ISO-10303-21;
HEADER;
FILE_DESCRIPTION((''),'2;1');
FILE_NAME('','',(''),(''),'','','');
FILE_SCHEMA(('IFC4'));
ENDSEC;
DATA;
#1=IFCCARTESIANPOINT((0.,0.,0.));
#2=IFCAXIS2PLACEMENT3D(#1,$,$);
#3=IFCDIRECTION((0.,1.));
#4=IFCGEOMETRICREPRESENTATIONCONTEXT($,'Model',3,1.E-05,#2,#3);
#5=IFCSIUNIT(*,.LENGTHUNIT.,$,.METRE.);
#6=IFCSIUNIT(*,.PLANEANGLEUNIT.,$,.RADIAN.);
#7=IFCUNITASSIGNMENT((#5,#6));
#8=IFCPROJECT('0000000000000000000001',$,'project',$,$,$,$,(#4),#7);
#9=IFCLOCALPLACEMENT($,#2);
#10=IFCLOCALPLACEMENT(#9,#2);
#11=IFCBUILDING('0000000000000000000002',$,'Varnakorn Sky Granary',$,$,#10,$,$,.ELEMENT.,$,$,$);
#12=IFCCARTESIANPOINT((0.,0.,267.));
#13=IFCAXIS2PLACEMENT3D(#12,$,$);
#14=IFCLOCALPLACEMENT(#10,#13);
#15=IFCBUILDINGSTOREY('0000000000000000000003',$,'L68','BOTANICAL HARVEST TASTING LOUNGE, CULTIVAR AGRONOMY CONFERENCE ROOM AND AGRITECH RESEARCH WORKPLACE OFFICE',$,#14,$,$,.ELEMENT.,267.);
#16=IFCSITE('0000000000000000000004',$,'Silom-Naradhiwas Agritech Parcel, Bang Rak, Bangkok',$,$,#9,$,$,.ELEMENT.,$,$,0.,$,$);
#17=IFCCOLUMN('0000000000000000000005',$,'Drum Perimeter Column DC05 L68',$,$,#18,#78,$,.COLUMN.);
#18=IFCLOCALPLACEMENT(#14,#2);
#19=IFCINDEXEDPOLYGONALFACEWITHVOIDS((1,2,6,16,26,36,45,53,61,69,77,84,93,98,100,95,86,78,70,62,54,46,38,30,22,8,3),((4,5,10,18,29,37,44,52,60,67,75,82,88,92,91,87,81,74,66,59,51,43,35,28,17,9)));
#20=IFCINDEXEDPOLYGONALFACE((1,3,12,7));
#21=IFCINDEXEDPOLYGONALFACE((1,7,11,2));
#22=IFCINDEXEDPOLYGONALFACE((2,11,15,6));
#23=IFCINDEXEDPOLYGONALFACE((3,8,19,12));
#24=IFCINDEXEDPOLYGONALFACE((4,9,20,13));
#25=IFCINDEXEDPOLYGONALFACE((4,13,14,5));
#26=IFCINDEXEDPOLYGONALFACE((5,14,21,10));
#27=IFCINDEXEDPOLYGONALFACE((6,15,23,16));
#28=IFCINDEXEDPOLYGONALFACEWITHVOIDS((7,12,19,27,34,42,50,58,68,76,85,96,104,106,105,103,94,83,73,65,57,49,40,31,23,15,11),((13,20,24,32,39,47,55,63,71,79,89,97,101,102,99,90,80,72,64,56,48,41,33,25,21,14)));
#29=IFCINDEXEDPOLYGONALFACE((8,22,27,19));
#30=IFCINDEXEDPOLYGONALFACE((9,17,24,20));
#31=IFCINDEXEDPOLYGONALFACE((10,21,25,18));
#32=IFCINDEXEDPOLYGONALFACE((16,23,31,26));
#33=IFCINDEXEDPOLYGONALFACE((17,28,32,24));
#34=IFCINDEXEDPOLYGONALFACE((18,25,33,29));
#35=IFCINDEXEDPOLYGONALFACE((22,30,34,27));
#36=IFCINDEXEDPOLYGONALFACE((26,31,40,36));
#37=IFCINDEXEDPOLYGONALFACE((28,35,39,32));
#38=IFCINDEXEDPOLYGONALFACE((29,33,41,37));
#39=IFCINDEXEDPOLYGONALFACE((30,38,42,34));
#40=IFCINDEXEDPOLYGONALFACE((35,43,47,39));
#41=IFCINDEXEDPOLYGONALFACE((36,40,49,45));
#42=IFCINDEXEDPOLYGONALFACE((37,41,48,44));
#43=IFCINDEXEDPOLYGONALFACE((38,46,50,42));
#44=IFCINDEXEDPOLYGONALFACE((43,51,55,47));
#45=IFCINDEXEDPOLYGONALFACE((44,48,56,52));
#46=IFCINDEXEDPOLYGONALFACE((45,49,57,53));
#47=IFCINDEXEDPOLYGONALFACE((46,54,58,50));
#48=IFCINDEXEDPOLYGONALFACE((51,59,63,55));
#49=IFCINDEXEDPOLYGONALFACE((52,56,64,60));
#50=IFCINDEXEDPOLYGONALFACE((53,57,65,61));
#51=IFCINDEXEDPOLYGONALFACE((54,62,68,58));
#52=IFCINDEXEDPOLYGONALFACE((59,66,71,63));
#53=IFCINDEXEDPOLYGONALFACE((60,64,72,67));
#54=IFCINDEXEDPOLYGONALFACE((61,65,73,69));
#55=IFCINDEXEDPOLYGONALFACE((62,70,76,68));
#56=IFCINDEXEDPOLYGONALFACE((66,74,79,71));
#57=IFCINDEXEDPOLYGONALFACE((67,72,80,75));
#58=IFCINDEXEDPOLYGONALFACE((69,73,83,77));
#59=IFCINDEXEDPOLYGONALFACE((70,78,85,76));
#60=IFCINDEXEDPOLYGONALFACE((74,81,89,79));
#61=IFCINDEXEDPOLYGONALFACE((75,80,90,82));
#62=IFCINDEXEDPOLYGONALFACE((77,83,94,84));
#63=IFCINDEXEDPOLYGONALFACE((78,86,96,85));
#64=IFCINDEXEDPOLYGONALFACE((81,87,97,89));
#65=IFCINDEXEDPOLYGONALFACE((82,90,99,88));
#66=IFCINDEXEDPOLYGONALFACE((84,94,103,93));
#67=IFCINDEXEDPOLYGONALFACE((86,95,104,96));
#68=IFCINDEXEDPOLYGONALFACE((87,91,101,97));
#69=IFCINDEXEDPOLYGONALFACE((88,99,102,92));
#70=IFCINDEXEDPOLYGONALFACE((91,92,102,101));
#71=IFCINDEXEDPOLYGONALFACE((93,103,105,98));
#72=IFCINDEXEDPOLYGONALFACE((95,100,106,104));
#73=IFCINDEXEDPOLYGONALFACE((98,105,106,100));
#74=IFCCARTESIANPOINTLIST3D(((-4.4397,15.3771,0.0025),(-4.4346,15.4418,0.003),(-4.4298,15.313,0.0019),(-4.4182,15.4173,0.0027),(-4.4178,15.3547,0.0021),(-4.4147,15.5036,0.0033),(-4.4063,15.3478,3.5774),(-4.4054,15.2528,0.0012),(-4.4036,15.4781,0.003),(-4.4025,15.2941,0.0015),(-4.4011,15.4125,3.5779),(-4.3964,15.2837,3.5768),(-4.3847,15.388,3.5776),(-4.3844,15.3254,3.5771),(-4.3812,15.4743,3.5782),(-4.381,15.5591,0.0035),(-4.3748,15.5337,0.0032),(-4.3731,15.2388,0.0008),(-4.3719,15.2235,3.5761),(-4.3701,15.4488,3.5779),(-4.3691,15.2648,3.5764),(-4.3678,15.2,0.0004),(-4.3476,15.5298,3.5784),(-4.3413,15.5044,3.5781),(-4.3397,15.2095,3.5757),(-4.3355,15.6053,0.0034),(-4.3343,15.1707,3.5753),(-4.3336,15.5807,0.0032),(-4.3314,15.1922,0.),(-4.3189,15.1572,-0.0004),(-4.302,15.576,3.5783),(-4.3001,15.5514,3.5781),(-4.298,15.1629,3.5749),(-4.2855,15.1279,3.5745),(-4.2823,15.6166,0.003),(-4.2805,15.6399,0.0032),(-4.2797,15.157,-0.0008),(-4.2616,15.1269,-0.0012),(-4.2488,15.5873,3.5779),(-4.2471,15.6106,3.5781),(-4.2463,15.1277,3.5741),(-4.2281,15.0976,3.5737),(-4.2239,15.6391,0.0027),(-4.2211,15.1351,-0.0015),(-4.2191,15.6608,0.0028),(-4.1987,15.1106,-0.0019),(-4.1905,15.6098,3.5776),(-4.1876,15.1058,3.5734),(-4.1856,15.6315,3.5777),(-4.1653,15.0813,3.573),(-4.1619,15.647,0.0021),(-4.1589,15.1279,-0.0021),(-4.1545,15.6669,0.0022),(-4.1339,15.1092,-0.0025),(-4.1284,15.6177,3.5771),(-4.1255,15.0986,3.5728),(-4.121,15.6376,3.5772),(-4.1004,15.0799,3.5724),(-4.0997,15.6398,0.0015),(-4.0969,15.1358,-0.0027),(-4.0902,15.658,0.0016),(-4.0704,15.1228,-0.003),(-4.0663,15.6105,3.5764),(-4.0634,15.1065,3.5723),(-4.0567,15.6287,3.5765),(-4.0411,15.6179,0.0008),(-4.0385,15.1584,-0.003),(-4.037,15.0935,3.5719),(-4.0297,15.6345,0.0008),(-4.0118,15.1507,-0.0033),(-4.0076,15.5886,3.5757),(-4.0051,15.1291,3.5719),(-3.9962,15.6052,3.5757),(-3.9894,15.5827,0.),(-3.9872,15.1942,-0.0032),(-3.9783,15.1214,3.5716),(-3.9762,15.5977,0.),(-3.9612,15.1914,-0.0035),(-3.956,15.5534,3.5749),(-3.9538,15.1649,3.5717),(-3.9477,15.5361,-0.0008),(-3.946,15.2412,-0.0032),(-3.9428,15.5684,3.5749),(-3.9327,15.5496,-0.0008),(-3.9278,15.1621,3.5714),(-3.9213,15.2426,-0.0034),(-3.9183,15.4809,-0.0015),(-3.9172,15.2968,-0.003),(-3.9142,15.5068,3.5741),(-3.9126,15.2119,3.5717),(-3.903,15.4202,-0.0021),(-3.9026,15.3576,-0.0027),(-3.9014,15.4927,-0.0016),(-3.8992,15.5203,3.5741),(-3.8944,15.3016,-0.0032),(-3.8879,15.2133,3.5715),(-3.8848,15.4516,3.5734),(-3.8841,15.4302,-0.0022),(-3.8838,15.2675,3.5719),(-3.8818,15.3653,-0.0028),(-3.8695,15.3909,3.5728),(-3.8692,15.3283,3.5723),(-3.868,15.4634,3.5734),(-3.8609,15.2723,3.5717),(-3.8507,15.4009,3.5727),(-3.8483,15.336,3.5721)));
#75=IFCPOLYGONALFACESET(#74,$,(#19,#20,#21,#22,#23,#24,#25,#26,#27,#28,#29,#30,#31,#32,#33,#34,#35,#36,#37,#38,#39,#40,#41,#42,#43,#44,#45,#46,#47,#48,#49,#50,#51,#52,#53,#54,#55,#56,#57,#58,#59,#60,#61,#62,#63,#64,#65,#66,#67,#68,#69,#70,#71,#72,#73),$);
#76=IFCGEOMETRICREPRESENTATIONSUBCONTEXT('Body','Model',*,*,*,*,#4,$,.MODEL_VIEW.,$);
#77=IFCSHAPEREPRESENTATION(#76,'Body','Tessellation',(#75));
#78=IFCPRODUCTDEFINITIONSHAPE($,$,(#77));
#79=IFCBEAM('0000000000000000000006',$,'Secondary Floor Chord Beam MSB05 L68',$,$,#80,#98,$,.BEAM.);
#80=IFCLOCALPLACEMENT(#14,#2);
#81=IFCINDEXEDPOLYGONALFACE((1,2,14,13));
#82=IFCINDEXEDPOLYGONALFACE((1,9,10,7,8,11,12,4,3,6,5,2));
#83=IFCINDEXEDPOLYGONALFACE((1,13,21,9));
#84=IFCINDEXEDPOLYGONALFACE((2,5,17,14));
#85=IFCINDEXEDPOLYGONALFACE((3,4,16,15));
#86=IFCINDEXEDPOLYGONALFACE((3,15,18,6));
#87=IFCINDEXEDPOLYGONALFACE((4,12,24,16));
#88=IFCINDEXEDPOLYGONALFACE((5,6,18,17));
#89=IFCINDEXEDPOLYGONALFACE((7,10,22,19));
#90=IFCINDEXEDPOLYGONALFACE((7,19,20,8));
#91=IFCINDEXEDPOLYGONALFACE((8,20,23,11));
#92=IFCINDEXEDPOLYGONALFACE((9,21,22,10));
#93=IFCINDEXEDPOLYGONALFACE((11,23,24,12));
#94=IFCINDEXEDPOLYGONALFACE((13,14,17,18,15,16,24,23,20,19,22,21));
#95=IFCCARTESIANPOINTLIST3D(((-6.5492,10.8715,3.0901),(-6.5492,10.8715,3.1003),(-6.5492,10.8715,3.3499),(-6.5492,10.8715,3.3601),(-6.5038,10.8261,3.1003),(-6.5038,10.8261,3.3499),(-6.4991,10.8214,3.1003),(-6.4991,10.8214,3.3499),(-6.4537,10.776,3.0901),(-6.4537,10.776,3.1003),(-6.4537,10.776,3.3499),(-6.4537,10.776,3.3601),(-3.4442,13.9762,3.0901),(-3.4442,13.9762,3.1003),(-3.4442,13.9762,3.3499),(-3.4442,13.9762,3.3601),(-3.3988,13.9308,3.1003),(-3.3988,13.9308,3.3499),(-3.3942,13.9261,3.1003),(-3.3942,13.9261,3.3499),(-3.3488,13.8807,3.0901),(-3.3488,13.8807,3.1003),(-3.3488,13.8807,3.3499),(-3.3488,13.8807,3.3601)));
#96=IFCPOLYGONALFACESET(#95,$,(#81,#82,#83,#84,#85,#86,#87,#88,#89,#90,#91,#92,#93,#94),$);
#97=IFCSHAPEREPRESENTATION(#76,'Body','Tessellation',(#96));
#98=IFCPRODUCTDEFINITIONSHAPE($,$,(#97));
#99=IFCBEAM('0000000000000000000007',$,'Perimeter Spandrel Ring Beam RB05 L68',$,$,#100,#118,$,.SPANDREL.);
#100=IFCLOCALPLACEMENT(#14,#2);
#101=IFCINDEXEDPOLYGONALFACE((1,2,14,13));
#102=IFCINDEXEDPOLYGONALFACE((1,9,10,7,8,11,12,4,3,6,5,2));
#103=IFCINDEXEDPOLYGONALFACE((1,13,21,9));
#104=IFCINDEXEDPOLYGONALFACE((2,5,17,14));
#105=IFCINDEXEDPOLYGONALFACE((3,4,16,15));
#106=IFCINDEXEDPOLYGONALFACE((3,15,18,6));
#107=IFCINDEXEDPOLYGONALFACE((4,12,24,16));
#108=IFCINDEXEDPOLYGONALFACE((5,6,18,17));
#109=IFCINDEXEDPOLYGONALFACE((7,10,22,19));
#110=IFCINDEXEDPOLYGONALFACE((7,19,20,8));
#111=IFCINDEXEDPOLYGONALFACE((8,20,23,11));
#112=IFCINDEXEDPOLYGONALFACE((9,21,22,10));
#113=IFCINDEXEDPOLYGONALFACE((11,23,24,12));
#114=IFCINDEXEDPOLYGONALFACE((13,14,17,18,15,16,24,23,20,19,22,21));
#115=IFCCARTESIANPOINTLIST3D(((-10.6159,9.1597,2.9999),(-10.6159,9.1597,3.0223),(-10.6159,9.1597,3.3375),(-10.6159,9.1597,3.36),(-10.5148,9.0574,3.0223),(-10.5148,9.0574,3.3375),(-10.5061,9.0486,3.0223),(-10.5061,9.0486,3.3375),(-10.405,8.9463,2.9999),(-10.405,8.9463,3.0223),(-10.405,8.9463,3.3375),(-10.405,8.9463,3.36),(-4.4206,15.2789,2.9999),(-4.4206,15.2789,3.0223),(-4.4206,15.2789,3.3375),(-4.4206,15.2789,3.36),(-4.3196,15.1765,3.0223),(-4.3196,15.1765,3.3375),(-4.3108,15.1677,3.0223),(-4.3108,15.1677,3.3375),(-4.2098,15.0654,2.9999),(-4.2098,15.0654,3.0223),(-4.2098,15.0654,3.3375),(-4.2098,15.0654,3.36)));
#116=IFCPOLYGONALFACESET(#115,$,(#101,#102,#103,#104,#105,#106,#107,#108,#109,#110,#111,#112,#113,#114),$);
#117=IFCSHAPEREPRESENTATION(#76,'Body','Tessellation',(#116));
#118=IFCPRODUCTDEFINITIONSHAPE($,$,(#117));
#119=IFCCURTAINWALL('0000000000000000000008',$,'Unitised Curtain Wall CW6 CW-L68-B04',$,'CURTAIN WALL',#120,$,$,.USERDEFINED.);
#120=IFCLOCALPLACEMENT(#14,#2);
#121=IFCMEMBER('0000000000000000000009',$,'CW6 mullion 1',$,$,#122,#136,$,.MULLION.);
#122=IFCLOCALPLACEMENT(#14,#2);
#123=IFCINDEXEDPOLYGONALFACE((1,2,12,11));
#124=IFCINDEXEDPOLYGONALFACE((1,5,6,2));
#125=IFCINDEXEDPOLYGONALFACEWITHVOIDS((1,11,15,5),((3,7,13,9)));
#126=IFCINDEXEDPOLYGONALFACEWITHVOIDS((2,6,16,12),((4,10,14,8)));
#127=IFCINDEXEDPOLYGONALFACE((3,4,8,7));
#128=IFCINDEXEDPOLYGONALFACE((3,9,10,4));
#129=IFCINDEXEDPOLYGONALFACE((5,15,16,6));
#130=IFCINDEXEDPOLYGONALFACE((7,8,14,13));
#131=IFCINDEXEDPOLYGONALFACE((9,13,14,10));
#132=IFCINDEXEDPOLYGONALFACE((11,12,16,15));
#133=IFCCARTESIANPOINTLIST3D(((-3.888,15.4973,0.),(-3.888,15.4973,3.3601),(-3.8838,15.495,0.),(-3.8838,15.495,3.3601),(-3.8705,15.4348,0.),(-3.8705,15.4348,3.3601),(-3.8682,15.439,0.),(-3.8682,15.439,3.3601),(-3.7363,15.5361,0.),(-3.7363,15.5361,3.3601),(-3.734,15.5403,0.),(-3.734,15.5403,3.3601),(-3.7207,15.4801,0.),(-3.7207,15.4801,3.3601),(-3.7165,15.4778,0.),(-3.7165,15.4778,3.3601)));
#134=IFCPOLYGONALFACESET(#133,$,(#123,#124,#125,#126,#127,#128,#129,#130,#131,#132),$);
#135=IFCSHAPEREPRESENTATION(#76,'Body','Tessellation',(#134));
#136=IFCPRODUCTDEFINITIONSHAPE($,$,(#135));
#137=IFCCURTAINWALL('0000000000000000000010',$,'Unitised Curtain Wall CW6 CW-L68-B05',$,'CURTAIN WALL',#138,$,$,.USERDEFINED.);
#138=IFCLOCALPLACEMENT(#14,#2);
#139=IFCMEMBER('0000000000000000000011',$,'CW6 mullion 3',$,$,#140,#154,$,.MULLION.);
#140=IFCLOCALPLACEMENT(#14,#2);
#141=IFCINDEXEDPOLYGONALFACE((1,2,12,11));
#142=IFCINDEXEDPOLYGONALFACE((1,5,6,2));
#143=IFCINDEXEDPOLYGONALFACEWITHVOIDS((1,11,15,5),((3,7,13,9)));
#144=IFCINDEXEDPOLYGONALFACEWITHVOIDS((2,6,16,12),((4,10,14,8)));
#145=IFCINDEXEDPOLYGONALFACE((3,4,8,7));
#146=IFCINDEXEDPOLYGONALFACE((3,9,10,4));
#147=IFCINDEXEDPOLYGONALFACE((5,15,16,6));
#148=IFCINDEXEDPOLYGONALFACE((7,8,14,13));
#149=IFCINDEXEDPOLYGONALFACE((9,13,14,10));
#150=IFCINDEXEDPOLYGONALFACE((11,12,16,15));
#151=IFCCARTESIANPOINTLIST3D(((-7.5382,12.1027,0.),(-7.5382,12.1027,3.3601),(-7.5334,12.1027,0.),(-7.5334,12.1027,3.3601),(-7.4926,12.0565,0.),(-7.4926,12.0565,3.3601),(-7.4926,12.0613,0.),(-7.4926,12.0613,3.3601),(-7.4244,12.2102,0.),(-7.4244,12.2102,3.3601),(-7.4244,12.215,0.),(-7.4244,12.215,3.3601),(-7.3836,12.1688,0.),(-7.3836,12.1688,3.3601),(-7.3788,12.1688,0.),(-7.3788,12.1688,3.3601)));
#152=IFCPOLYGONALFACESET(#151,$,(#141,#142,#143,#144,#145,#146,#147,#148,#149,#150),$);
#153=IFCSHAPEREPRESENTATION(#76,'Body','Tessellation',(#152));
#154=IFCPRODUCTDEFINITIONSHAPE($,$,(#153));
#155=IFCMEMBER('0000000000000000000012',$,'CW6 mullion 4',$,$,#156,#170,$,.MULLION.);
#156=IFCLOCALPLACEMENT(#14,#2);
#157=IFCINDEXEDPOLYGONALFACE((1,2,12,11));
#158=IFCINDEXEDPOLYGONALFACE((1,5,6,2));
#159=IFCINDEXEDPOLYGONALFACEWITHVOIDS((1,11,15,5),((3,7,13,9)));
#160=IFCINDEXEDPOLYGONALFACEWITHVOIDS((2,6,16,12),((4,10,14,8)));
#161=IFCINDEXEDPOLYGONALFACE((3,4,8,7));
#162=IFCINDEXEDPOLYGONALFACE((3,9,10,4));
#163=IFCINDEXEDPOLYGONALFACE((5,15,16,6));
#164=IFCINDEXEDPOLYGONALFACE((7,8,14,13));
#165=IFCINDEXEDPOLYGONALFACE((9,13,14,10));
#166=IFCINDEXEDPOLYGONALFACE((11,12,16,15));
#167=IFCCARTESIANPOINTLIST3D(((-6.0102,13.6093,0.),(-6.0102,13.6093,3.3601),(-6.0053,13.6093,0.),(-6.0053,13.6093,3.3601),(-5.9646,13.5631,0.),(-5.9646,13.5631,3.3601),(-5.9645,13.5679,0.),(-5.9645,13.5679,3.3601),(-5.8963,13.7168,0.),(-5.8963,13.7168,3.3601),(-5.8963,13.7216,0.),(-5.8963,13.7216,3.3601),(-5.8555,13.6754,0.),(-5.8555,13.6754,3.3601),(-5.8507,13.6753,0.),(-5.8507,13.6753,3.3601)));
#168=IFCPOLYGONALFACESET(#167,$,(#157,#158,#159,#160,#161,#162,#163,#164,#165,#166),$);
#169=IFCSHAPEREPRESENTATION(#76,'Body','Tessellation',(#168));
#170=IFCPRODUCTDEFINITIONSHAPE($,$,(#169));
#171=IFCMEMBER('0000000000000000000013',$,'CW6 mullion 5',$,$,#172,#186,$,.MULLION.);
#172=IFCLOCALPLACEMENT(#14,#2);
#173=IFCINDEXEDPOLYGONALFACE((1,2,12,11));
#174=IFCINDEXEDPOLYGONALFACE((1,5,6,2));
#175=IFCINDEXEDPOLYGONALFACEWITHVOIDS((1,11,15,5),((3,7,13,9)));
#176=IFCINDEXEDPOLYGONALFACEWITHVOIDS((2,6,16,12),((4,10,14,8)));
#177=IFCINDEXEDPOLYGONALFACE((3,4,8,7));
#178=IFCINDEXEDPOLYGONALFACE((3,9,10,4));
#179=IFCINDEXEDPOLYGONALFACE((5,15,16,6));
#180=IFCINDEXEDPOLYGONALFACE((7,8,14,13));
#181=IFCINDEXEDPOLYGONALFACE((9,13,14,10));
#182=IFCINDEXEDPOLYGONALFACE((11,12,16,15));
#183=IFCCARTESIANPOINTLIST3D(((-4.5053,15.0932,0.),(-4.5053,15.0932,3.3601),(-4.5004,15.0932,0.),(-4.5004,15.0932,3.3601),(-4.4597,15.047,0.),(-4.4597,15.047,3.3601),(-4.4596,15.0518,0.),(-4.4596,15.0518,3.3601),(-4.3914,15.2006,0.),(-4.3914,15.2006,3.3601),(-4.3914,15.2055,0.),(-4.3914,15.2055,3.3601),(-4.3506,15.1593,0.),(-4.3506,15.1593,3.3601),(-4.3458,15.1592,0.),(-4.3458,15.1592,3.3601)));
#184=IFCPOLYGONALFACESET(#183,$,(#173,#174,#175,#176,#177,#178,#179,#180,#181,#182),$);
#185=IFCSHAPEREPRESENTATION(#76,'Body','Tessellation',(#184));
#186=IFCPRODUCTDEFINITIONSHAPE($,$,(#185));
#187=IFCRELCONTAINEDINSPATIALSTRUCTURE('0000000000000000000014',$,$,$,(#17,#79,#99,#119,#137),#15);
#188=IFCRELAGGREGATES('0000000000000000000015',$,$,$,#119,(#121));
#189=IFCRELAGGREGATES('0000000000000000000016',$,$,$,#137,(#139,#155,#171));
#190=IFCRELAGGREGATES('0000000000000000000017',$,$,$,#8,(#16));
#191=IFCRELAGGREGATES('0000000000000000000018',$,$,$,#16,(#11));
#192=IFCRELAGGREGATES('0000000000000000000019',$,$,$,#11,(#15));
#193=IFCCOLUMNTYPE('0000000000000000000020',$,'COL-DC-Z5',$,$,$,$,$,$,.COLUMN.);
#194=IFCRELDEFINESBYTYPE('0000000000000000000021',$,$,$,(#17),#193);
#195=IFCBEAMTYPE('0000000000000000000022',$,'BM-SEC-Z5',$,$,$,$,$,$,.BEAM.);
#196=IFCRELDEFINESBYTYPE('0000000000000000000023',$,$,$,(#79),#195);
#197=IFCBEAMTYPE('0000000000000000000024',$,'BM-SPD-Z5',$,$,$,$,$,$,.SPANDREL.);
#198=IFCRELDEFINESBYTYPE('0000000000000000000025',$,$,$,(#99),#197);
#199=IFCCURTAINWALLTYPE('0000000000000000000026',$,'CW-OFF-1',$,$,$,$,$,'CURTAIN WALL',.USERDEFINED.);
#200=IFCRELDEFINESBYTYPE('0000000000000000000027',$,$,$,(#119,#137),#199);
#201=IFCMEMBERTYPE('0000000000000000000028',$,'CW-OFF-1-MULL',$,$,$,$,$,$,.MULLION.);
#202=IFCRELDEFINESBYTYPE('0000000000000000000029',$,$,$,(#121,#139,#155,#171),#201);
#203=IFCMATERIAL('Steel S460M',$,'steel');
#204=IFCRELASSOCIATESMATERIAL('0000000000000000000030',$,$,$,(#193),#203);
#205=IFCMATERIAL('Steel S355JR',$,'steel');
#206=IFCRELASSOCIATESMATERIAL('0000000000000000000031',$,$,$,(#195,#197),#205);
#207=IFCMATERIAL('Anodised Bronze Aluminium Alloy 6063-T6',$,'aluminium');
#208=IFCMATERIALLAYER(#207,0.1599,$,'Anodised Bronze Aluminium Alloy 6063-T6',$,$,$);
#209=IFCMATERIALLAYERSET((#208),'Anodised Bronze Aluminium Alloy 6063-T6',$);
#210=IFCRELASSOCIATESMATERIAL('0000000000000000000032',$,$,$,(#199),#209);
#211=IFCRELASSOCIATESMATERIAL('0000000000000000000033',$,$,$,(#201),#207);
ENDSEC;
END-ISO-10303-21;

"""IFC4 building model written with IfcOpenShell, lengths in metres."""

from ifc_helpers import new_model, si_unit, direction, frame, origin, origin_2d, place, context, subcontext, project, spatial, hollow_rectangle, hollow_circle, i_section, extrude, material, layer, layer_set, material_profile, profile_set, type_object, element, aggregate, save


model = new_model("IFC4")

# Units and contexts
model_context = context("Model", 3, precision=1e-05, world=origin(), true_north=direction((0.0, 1.0)))
body_context = subcontext(model_context, "Body", "Model", "MODEL_VIEW")
ifc_project = project(units=[si_unit("LENGTHUNIT", "METRE"), si_unit("PLANEANGLEUNIT", "RADIAN")], contexts=[model_context])

# Site, building, storey
site_placement = place(None, origin())
site = spatial("IfcSite", under=ifc_project, at=site_placement, Name="Silom-Naradhiwas Agritech Parcel, Bang Rak, Bangkok", CompositionType="ELEMENT", RefElevation=0.0)
building_placement = place(site_placement, origin())
building = spatial("IfcBuilding", under=site, at=building_placement, Name="Varnakorn Sky Granary", CompositionType="ELEMENT")
storey_placement = place(building_placement, frame((0.0, 0.0, 267.0)))
storey = spatial("IfcBuildingStorey", under=building, at=storey_placement, Name="L68", Description="BOTANICAL HARVEST TASTING LOUNGE, CULTIVAR AGRONOMY CONFERENCE ROOM AND AGRITECH RESEARCH WORKPLACE OFFICE", CompositionType="ELEMENT", Elevation=267.0)

# Column
ifc_material_1 = material(Name="Steel S460M", Category="steel")
ifc_material_profile_1 = material_profile(ifc_material_1, hollow_circle(Radius=0.2795, WallThickness=0.02, at=origin_2d()), Name="CHS 559x20")
ifc_profile_set_1 = profile_set([ifc_material_profile_1], Name="Steel S460M")
column_type = type_object("IfcColumnType", Name="COL-DC-Z5", PredefinedType="COLUMN", material=ifc_profile_set_1)
column_placement = place(storey_placement, frame((-4.1604, 15.3875, 0.0), z_axis=(0.009355, -0.008194, 0.999923), x_axis=(0.658893, 0.752236, 0.0)))
element("IfcColumn", 1, at=column_placement, inside=storey, type_object=column_type, Name="Drum Perimeter Column DC05 L68", PredefinedType="COLUMN", context=body_context, shape_type="SweptSolid", body=[
    extrude(hollow_circle(Radius=0.2795, WallThickness=0.02, at=origin_2d()), origin(), (0.0, 0.0, 1.0), 3.5752),
])

# Beams
ifc_material_2 = material(Name="Steel S355JR", Category="steel")
ifc_material_profile_2 = material_profile(ifc_material_2, i_section(OverallWidth=0.135, OverallDepth=0.27, WebThickness=0.0066, FlangeThickness=0.0103, at=origin_2d()), Name="IPE 270")
ifc_profile_set_2 = profile_set([ifc_material_profile_2], Name="Steel S355JR")
beam_type_1 = type_object("IfcBeamType", Name="BM-SEC-Z5", PredefinedType="BEAM", material=ifc_profile_set_2)
beam_1_placement = place(storey_placement, frame((-3.3965, 13.9285, 3.2251), z_axis=(-0.707135, -0.707079, 0.0), x_axis=(0.707079, -0.707135, 0.0)))
element("IfcBeam", 2, at=beam_1_placement, inside=storey, type_object=beam_type_1, Name="Secondary Floor Chord Beam MSB05 L68", PredefinedType="BEAM", context=body_context, shape_type="SweptSolid", body=[
    extrude(i_section(OverallWidth=0.135, OverallDepth=0.27, WebThickness=0.0066, FlangeThickness=0.0103, at=origin_2d()), origin(), (0.0, 0.0, 1.0), 4.3909),
])
ifc_material_profile_3 = material_profile(ifc_material_2, i_section(OverallWidth=0.3, OverallDepth=0.3601, WebThickness=0.0125, FlangeThickness=0.0225, at=origin_2d()), Name="HE 360 B")
ifc_profile_set_3 = profile_set([ifc_material_profile_3], Name="Steel S355JR")
beam_type_2 = type_object("IfcBeamType", Name="BM-SPD-Z5", PredefinedType="SPANDREL", material=ifc_profile_set_3)
beam_2_placement = place(storey_placement, frame((-4.3152, 15.1721, 3.1799), z_axis=(-0.711467, -0.702719, 0.0), x_axis=(0.702719, -0.711467, 0.0)))
element("IfcBeam", 3, at=beam_2_placement, inside=storey, type_object=beam_type_2, Name="Perimeter Spandrel Ring Beam RB05 L68", PredefinedType="SPANDREL", context=body_context, shape_type="SweptSolid", body=[
    extrude(i_section(OverallWidth=0.3, OverallDepth=0.3601, WebThickness=0.0125, FlangeThickness=0.0225, at=origin_2d()), origin(), (0.0, 0.0, 1.0), 8.7078),
])

# Curtain wall, member
ifc_material_3 = material(Name="Anodised Bronze Aluminium Alloy 6063-T6", Category="aluminium")
ifc_layer_1 = layer(ifc_material_3, 0.1599, Name="Anodised Bronze Aluminium Alloy 6063-T6")
ifc_layer_set_1 = layer_set([ifc_layer_1], Name="Anodised Bronze Aluminium Alloy 6063-T6")
curtain_wall_type = type_object("IfcCurtainWallType", Name="CW-OFF-1", ElementType="CURTAIN WALL", PredefinedType="USERDEFINED", material=ifc_layer_set_1)
curtain_wall_1_placement = place(storey_placement, origin())
curtain_wall_1 = element("IfcCurtainWall", 4, at=curtain_wall_1_placement, inside=storey, type_object=curtain_wall_type, Name="Unitised Curtain Wall CW6 CW-L68-B04", ObjectType="CURTAIN WALL", PredefinedType="USERDEFINED")
ifc_material_profile_4 = material_profile(ifc_material_3, hollow_rectangle(XDim=0.0649, YDim=0.1599, WallThickness=0.0034, at=origin_2d()), Name="ALU MULL 65x160")
ifc_profile_set_4 = profile_set([ifc_material_profile_4], Name="Anodised Bronze Aluminium Alloy 6063-T6")
member_type_1 = type_object("IfcMemberType", Name="CW-OFF-1-MULL", PredefinedType="MULLION", material=ifc_profile_set_4)
member_1_placement = place(storey_placement, frame((-3.8022, 15.4875, 0.0), z_axis=(0.0, 0.0, 1.0), x_axis=(-0.26889, 0.963171, 0.0)))
member_1 = element("IfcMember", 5, at=member_1_placement, type_object=member_type_1, Name="CW6 mullion 1", PredefinedType="MULLION", context=body_context, shape_type="SweptSolid", body=[
    extrude(hollow_rectangle(XDim=0.0649, YDim=0.1599, WallThickness=0.0034, at=origin_2d()), origin(), (0.0, 0.0, 1.0), 3.3601),
])

# Curtain wall, members
curtain_wall_2_placement = place(storey_placement, origin())
curtain_wall_2 = element("IfcCurtainWall", 6, at=curtain_wall_2_placement, inside=storey, type_object=curtain_wall_type, Name="Unitised Curtain Wall CW6 CW-L68-B05", ObjectType="CURTAIN WALL", PredefinedType="USERDEFINED")
member_2_placement = place(storey_placement, frame((-7.4585, 12.1357, 0.0), z_axis=(0.0, 0.0, 1.0), x_axis=(-0.702091, 0.712087, 0.0)))
member_2 = element("IfcMember", 7, at=member_2_placement, type_object=member_type_1, Name="CW6 mullion 3", PredefinedType="MULLION", context=body_context, shape_type="SweptSolid", body=[
    extrude(hollow_rectangle(XDim=0.0649, YDim=0.1599, WallThickness=0.0034, at=origin_2d()), origin(), (0.0, 0.0, 1.0), 3.3601),
])
member_3_placement = place(storey_placement, frame((-5.9304, 13.6423, 0.0), z_axis=(0.0, 0.0, 1.0), x_axis=(-0.702091, 0.712087, 0.0)))
member_3 = element("IfcMember", 8, at=member_3_placement, type_object=member_type_1, Name="CW6 mullion 4", PredefinedType="MULLION", context=body_context, shape_type="SweptSolid", body=[
    extrude(hollow_rectangle(XDim=0.0649, YDim=0.1599, WallThickness=0.0034, at=origin_2d()), origin(), (0.0, 0.0, 1.0), 3.3601),
])
member_4_placement = place(storey_placement, frame((-4.4255, 15.1262, 0.0), z_axis=(0.0, 0.0, 1.0), x_axis=(-0.702091, 0.712087, 0.0)))
member_4 = element("IfcMember", 9, at=member_4_placement, type_object=member_type_1, Name="CW6 mullion 5", PredefinedType="MULLION", context=body_context, shape_type="SweptSolid", body=[
    extrude(hollow_rectangle(XDim=0.0649, YDim=0.1599, WallThickness=0.0034, at=origin_2d()), origin(), (0.0, 0.0, 1.0), 3.3601),
])

aggregate(curtain_wall_1, [member_1])
aggregate(curtain_wall_2, [member_2, member_3, member_4])

save(model, "model.ifc")
